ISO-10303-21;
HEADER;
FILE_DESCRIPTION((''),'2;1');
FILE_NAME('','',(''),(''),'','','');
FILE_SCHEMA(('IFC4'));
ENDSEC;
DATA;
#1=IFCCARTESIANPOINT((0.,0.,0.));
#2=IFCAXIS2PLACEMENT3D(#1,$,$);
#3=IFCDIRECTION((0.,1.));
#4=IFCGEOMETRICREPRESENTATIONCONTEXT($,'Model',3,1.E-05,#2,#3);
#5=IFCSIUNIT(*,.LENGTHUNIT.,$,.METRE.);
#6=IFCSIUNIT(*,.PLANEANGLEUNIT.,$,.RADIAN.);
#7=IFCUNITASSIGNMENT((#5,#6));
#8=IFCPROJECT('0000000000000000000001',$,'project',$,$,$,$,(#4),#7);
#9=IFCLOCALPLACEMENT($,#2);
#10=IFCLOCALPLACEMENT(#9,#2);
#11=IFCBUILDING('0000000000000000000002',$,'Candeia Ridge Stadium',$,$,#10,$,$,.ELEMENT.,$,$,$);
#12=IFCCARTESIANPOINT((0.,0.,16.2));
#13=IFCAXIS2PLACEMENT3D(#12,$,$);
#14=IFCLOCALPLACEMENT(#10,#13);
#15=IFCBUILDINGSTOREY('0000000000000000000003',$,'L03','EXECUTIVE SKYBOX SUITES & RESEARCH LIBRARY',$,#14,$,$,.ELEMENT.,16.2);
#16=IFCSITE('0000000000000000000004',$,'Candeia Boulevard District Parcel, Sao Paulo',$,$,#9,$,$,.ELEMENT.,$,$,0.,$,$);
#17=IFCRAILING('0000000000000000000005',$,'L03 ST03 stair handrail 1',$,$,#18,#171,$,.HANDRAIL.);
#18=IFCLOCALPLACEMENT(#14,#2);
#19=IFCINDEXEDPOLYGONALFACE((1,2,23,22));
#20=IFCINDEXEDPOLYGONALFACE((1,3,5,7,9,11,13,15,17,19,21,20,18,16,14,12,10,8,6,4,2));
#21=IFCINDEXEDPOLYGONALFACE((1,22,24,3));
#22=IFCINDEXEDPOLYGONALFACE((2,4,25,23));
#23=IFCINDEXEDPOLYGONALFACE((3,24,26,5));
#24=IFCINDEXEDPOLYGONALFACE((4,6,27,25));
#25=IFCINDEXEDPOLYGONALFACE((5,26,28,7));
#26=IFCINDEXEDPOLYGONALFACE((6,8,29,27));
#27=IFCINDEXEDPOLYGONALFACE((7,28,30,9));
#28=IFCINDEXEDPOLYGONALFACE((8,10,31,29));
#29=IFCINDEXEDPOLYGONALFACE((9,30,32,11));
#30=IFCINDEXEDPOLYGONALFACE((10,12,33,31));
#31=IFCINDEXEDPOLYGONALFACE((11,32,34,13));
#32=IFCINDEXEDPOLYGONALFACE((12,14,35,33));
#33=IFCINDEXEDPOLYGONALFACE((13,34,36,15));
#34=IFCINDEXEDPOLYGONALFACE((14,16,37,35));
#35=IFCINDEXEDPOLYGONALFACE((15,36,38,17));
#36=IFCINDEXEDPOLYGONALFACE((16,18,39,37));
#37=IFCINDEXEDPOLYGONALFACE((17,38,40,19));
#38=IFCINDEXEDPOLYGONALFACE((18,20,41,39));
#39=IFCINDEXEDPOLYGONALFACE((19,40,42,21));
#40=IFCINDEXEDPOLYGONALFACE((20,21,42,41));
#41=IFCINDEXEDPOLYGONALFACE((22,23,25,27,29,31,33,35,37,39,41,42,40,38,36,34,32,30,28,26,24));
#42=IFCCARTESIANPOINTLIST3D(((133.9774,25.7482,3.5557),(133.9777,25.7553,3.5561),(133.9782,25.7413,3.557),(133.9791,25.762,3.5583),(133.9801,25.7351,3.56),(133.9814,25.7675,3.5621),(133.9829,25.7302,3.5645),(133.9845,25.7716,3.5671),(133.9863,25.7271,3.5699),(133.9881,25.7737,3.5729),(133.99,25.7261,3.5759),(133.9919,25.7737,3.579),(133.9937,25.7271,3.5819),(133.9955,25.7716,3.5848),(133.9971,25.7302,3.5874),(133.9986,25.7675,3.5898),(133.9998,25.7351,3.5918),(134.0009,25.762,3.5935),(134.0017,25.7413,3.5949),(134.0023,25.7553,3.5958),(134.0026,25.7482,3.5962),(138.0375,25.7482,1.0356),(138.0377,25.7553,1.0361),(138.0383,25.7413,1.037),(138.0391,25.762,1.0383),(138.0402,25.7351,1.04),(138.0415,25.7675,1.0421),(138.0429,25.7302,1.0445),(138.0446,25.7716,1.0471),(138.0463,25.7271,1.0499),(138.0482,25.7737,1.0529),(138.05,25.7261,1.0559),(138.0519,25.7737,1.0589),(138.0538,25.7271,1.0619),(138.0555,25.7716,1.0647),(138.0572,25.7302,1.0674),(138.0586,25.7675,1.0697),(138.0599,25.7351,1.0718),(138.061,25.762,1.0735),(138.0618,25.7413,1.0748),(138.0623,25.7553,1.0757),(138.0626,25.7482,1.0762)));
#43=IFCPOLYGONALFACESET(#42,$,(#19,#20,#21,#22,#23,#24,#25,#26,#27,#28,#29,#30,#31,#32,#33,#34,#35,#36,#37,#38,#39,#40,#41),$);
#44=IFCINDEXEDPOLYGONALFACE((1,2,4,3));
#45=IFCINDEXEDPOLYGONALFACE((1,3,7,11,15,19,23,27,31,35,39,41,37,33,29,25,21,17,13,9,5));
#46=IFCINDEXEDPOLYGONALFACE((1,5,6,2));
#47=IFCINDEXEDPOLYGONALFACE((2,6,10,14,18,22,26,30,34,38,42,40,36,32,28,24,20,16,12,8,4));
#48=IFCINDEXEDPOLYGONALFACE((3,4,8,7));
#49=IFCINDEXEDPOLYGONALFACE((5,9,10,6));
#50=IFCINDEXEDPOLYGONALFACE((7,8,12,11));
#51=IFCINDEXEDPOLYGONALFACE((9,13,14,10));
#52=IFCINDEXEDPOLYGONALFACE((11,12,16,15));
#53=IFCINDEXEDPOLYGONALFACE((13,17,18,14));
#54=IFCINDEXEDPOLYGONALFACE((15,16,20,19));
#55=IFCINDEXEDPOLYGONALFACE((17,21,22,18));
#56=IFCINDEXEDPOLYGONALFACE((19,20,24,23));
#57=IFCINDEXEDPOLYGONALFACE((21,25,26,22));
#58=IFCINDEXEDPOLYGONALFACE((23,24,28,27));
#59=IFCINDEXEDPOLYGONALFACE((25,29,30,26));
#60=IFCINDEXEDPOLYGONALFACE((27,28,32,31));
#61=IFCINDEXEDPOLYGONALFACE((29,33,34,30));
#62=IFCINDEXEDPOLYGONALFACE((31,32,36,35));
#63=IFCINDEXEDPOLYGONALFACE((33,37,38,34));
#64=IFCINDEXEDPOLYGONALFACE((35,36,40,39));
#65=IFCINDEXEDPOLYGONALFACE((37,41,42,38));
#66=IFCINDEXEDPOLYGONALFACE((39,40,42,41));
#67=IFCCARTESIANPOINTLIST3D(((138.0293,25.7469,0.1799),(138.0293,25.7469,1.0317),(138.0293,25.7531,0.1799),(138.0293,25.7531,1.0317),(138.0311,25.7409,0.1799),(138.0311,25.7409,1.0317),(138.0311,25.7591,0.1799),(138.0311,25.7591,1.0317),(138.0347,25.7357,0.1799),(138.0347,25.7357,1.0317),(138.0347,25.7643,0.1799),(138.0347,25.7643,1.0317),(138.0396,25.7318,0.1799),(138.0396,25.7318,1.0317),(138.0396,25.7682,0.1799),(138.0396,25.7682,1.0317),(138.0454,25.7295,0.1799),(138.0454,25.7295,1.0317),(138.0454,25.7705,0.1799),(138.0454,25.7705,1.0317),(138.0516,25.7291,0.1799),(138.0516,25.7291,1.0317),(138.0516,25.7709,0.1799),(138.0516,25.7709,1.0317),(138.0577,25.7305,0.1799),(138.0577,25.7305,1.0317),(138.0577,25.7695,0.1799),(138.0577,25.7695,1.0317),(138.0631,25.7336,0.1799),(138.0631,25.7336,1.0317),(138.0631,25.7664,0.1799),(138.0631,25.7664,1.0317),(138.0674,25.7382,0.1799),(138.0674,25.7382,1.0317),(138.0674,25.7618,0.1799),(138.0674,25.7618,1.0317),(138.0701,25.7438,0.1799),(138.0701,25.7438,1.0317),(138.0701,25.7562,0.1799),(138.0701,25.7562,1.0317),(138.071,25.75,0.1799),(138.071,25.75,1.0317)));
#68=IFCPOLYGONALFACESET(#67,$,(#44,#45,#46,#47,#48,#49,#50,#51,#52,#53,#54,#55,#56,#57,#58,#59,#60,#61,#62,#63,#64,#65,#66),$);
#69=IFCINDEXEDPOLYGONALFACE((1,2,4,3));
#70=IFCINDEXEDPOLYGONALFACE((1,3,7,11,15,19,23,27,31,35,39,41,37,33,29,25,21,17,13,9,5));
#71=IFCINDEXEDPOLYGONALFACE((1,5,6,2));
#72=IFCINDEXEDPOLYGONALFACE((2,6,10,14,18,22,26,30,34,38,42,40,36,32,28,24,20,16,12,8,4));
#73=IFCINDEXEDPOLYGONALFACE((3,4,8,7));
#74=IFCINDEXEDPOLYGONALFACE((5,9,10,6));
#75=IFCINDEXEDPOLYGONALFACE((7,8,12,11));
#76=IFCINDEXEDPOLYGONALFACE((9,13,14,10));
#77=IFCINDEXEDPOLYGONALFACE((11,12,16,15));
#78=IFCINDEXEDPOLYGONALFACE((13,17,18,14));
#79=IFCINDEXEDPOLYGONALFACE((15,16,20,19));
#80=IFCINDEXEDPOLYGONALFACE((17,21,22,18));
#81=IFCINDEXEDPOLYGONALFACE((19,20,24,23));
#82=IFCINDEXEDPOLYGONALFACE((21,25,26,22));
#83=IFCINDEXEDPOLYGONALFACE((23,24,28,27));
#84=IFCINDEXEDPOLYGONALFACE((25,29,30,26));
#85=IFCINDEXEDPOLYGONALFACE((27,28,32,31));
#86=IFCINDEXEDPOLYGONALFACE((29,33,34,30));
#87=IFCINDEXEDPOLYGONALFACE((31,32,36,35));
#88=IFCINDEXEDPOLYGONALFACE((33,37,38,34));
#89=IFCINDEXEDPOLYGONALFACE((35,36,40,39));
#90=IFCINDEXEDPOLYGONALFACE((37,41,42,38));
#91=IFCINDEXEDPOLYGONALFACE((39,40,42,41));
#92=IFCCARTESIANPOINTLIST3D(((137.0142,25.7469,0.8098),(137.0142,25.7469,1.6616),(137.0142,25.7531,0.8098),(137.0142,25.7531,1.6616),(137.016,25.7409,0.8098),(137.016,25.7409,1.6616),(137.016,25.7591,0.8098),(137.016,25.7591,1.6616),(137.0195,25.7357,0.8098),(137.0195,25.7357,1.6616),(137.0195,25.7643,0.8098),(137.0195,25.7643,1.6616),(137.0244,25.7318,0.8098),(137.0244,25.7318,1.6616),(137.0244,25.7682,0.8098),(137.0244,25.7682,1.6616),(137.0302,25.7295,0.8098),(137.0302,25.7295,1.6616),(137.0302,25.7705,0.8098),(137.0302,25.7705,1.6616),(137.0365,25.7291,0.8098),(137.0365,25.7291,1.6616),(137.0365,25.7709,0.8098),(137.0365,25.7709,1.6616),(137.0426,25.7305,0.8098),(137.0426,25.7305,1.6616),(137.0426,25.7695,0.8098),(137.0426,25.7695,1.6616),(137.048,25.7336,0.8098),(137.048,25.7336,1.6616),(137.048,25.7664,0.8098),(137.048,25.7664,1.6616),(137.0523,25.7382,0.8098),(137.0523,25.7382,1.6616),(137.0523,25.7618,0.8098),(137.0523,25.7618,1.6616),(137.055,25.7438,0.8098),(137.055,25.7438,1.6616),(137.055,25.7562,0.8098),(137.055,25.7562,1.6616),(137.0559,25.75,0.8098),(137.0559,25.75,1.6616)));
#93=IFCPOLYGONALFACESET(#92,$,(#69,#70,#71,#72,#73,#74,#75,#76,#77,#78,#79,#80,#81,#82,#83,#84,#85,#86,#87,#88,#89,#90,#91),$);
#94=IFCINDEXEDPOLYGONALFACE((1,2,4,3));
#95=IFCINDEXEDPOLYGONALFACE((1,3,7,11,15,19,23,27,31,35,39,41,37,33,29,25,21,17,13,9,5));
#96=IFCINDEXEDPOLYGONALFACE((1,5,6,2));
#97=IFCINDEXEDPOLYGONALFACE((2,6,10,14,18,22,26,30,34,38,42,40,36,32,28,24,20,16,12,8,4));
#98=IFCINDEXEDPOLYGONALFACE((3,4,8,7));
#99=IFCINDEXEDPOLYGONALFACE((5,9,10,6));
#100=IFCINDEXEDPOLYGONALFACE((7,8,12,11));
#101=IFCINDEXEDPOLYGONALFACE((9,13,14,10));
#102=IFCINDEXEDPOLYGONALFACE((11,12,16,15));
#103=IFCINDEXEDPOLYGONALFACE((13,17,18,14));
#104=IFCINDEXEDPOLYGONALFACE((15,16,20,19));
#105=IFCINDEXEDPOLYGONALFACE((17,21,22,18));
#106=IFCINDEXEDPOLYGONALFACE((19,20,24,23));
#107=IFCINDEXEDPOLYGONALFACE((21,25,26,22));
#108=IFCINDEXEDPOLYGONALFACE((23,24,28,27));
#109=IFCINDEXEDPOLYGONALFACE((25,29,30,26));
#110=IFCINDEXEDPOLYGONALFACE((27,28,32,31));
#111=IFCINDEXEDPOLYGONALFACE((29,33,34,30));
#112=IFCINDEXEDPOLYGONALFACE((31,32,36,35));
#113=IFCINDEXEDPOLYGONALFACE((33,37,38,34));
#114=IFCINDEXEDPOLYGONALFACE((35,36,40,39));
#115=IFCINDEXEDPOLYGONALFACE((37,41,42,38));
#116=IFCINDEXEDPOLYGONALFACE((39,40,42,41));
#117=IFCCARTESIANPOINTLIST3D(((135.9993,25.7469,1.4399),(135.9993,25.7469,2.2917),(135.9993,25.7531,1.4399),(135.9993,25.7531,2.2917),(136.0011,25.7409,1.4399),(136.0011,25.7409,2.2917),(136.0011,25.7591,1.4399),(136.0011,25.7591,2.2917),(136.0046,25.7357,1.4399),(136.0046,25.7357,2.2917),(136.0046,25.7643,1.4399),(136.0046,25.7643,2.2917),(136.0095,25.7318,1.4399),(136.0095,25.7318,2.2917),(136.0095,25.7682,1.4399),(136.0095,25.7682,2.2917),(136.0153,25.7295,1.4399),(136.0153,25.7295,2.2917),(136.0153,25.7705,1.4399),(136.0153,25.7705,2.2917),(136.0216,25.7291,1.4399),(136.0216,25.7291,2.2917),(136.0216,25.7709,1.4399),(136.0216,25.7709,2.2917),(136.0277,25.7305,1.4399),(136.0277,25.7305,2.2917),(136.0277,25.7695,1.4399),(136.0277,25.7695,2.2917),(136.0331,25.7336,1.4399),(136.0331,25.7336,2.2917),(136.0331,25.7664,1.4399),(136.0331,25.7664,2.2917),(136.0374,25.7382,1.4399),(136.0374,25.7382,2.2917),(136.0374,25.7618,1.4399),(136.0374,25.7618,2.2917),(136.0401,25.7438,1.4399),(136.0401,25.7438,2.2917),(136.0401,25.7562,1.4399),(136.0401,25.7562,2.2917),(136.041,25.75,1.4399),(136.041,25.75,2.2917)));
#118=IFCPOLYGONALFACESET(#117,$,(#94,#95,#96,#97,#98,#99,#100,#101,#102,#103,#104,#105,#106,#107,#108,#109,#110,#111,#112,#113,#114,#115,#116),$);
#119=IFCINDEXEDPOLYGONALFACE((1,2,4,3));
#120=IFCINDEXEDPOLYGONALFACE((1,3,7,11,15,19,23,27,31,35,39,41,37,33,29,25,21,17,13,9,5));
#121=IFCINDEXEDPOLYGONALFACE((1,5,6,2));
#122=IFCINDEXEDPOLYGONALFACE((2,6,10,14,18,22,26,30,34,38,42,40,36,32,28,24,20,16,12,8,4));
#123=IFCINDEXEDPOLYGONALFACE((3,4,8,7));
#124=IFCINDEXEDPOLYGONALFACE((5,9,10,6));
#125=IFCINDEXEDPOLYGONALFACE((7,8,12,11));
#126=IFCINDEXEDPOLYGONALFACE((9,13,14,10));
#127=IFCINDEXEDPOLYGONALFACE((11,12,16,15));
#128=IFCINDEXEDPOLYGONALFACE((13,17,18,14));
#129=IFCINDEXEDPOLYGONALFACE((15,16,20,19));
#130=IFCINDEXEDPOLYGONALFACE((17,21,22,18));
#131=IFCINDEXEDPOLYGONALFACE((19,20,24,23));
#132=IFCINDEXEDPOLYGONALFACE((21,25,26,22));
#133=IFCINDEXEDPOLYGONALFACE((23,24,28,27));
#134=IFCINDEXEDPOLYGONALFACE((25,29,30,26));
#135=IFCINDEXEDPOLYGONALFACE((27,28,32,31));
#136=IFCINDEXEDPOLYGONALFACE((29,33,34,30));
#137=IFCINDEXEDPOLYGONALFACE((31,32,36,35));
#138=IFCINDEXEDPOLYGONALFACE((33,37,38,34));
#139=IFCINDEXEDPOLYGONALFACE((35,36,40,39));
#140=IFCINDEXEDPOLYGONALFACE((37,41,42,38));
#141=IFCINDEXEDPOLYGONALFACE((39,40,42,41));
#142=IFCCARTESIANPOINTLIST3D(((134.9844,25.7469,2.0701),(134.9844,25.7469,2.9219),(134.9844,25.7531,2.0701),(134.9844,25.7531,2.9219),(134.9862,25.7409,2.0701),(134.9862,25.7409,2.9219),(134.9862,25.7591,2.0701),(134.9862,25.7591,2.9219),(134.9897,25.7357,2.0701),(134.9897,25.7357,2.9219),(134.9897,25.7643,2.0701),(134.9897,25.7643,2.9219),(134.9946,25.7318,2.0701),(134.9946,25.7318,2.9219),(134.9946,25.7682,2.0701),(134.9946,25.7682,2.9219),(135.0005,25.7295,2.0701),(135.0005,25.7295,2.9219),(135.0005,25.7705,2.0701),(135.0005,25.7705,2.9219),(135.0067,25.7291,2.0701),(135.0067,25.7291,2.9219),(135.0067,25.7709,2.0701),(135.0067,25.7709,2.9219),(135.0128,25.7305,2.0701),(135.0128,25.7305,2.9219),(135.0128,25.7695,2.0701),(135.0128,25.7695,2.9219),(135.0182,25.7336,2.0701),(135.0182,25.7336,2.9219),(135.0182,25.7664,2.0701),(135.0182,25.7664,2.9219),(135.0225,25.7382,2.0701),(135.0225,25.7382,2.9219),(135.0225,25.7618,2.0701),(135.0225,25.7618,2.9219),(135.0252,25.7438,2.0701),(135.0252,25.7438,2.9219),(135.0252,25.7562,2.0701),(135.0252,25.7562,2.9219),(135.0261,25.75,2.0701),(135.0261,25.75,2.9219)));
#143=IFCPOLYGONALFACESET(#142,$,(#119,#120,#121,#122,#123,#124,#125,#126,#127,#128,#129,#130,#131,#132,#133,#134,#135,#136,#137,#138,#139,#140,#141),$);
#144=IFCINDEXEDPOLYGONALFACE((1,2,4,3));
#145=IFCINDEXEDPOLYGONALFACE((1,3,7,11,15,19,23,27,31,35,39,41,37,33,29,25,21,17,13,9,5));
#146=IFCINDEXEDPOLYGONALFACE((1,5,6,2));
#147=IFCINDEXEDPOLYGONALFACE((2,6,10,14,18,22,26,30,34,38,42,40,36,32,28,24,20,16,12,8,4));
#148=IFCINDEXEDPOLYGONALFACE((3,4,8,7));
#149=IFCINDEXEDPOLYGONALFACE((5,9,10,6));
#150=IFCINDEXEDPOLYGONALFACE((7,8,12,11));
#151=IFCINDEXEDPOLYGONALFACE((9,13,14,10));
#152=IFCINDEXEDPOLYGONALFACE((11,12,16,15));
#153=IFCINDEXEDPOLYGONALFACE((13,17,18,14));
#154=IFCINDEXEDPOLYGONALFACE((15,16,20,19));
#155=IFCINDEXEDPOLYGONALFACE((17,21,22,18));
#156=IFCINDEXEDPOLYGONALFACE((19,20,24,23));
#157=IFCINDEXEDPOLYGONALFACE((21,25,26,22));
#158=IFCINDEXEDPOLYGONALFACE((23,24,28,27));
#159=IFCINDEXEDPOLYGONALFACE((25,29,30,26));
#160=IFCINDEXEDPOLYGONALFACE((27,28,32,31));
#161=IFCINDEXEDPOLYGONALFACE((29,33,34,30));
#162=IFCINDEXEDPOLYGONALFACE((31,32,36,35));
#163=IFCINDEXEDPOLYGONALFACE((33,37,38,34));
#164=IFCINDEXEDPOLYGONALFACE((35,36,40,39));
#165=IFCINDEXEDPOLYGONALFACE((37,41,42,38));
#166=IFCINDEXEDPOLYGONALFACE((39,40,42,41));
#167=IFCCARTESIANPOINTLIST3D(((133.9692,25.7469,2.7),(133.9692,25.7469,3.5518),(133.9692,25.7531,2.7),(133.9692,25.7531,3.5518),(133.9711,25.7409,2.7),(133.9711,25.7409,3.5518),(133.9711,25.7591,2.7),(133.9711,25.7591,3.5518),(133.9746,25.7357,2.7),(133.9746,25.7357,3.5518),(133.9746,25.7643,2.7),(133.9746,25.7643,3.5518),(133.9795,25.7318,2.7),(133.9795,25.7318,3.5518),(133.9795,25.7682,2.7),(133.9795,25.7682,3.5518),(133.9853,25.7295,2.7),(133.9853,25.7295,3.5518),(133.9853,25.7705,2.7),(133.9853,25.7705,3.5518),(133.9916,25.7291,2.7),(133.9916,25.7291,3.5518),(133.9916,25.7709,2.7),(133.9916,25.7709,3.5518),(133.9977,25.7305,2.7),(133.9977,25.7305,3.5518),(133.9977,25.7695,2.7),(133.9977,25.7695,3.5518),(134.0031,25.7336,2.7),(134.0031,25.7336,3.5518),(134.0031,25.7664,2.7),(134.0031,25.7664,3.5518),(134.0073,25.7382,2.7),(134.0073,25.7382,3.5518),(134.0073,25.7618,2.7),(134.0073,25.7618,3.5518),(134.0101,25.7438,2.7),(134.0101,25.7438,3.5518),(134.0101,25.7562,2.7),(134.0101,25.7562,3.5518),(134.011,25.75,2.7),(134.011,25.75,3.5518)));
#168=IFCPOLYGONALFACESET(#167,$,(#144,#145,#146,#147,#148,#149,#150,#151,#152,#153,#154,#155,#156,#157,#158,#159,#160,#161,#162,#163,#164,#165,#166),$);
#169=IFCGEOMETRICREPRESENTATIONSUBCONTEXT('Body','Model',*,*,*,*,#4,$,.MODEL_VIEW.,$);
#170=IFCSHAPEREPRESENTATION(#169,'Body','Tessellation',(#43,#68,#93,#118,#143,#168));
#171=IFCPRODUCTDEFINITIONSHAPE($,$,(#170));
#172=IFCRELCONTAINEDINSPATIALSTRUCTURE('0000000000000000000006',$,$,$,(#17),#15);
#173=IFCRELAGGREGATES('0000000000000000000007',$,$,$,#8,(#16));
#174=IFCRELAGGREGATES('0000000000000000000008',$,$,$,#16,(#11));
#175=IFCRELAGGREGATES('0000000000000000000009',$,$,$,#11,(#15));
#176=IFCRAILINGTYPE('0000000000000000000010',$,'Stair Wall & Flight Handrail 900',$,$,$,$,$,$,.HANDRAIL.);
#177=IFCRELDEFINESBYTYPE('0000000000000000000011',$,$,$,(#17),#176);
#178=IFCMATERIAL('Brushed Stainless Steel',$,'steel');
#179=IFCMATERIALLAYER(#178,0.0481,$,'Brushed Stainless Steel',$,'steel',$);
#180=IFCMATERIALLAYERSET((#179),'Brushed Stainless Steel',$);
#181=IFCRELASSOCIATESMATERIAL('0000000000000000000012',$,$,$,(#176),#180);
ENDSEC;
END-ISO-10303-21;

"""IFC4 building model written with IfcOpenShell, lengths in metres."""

from ifc_helpers import new_model, si_unit, direction, frame, origin, origin_2d, place, context, subcontext, project, spatial, circle, extrude, material, layer, layer_set, type_object, element, save


model = new_model("IFC4")

# Units and contexts
model_context = context("Model", 3, precision=1e-05, world=origin(), true_north=direction((0.0, 1.0)))
body_context = subcontext(model_context, "Body", "Model", "MODEL_VIEW")
ifc_project = project(units=[si_unit("LENGTHUNIT", "METRE"), si_unit("PLANEANGLEUNIT", "RADIAN")], contexts=[model_context])

# Site, building, storey
site_placement = place(None, origin())
site = spatial("IfcSite", under=ifc_project, at=site_placement, Name="Candeia Boulevard District Parcel, Sao Paulo", CompositionType="ELEMENT", RefElevation=0.0)
building_placement = place(site_placement, origin())
building = spatial("IfcBuilding", under=site, at=building_placement, Name="Candeia Ridge Stadium", CompositionType="ELEMENT")
storey_placement = place(building_placement, frame((0.0, 0.0, 16.2)))
storey = spatial("IfcBuildingStorey", under=building, at=storey_placement, Name="L03", Description="EXECUTIVE SKYBOX SUITES & RESEARCH LIBRARY", CompositionType="ELEMENT", Elevation=16.2)

# Railing
ifc_material_1 = material(Name="Brushed Stainless Steel", Category="steel")
ifc_layer_1 = layer(ifc_material_1, 0.0481, Name="Brushed Stainless Steel", Category="steel")
ifc_layer_set_1 = layer_set([ifc_layer_1], Name="Brushed Stainless Steel")
railing_type_1 = type_object("IfcRailingType", Name="Stair Wall & Flight Handrail 900", PredefinedType="HANDRAIL", material=ifc_layer_set_1)
railing_1_placement = place(storey_placement, frame((138.05, 25.75, 0.1799)))
element("IfcRailing", 1, at=railing_1_placement, inside=storey, type_object=railing_type_1, Name="L03 ST03 stair handrail 1", PredefinedType="HANDRAIL", context=body_context, shape_type="SweptSolid", body=[
    extrude(circle(Radius=0.0239, at=origin_2d()), frame((0.0, 0.0, 0.876), z_axis=(-0.849642, 0.0, 0.52736), x_axis=(0.0, -1.0, 0.0)), (0.0, 0.0, 1.0), 4.7786),
    extrude(circle(Radius=0.021, at=origin_2d()), origin(), (0.0, 0.0, 1.0), 0.8518),
    extrude(circle(Radius=0.021, at=origin_2d()), frame((-1.0151, 0.0, 0.6299)), (0.0, 0.0, 1.0), 0.8518),
    extrude(circle(Radius=0.021, at=origin_2d()), frame((-2.03, 0.0, 1.26)), (0.0, 0.0, 1.0), 0.8518),
    extrude(circle(Radius=0.021, at=origin_2d()), frame((-3.0449, 0.0, 1.8901)), (0.0, 0.0, 1.0), 0.8518),
    extrude(circle(Radius=0.021, at=origin_2d()), frame((-4.0601, 0.0, 2.52)), (0.0, 0.0, 1.0), 0.8518),
])

save(model, "model.ifc")
